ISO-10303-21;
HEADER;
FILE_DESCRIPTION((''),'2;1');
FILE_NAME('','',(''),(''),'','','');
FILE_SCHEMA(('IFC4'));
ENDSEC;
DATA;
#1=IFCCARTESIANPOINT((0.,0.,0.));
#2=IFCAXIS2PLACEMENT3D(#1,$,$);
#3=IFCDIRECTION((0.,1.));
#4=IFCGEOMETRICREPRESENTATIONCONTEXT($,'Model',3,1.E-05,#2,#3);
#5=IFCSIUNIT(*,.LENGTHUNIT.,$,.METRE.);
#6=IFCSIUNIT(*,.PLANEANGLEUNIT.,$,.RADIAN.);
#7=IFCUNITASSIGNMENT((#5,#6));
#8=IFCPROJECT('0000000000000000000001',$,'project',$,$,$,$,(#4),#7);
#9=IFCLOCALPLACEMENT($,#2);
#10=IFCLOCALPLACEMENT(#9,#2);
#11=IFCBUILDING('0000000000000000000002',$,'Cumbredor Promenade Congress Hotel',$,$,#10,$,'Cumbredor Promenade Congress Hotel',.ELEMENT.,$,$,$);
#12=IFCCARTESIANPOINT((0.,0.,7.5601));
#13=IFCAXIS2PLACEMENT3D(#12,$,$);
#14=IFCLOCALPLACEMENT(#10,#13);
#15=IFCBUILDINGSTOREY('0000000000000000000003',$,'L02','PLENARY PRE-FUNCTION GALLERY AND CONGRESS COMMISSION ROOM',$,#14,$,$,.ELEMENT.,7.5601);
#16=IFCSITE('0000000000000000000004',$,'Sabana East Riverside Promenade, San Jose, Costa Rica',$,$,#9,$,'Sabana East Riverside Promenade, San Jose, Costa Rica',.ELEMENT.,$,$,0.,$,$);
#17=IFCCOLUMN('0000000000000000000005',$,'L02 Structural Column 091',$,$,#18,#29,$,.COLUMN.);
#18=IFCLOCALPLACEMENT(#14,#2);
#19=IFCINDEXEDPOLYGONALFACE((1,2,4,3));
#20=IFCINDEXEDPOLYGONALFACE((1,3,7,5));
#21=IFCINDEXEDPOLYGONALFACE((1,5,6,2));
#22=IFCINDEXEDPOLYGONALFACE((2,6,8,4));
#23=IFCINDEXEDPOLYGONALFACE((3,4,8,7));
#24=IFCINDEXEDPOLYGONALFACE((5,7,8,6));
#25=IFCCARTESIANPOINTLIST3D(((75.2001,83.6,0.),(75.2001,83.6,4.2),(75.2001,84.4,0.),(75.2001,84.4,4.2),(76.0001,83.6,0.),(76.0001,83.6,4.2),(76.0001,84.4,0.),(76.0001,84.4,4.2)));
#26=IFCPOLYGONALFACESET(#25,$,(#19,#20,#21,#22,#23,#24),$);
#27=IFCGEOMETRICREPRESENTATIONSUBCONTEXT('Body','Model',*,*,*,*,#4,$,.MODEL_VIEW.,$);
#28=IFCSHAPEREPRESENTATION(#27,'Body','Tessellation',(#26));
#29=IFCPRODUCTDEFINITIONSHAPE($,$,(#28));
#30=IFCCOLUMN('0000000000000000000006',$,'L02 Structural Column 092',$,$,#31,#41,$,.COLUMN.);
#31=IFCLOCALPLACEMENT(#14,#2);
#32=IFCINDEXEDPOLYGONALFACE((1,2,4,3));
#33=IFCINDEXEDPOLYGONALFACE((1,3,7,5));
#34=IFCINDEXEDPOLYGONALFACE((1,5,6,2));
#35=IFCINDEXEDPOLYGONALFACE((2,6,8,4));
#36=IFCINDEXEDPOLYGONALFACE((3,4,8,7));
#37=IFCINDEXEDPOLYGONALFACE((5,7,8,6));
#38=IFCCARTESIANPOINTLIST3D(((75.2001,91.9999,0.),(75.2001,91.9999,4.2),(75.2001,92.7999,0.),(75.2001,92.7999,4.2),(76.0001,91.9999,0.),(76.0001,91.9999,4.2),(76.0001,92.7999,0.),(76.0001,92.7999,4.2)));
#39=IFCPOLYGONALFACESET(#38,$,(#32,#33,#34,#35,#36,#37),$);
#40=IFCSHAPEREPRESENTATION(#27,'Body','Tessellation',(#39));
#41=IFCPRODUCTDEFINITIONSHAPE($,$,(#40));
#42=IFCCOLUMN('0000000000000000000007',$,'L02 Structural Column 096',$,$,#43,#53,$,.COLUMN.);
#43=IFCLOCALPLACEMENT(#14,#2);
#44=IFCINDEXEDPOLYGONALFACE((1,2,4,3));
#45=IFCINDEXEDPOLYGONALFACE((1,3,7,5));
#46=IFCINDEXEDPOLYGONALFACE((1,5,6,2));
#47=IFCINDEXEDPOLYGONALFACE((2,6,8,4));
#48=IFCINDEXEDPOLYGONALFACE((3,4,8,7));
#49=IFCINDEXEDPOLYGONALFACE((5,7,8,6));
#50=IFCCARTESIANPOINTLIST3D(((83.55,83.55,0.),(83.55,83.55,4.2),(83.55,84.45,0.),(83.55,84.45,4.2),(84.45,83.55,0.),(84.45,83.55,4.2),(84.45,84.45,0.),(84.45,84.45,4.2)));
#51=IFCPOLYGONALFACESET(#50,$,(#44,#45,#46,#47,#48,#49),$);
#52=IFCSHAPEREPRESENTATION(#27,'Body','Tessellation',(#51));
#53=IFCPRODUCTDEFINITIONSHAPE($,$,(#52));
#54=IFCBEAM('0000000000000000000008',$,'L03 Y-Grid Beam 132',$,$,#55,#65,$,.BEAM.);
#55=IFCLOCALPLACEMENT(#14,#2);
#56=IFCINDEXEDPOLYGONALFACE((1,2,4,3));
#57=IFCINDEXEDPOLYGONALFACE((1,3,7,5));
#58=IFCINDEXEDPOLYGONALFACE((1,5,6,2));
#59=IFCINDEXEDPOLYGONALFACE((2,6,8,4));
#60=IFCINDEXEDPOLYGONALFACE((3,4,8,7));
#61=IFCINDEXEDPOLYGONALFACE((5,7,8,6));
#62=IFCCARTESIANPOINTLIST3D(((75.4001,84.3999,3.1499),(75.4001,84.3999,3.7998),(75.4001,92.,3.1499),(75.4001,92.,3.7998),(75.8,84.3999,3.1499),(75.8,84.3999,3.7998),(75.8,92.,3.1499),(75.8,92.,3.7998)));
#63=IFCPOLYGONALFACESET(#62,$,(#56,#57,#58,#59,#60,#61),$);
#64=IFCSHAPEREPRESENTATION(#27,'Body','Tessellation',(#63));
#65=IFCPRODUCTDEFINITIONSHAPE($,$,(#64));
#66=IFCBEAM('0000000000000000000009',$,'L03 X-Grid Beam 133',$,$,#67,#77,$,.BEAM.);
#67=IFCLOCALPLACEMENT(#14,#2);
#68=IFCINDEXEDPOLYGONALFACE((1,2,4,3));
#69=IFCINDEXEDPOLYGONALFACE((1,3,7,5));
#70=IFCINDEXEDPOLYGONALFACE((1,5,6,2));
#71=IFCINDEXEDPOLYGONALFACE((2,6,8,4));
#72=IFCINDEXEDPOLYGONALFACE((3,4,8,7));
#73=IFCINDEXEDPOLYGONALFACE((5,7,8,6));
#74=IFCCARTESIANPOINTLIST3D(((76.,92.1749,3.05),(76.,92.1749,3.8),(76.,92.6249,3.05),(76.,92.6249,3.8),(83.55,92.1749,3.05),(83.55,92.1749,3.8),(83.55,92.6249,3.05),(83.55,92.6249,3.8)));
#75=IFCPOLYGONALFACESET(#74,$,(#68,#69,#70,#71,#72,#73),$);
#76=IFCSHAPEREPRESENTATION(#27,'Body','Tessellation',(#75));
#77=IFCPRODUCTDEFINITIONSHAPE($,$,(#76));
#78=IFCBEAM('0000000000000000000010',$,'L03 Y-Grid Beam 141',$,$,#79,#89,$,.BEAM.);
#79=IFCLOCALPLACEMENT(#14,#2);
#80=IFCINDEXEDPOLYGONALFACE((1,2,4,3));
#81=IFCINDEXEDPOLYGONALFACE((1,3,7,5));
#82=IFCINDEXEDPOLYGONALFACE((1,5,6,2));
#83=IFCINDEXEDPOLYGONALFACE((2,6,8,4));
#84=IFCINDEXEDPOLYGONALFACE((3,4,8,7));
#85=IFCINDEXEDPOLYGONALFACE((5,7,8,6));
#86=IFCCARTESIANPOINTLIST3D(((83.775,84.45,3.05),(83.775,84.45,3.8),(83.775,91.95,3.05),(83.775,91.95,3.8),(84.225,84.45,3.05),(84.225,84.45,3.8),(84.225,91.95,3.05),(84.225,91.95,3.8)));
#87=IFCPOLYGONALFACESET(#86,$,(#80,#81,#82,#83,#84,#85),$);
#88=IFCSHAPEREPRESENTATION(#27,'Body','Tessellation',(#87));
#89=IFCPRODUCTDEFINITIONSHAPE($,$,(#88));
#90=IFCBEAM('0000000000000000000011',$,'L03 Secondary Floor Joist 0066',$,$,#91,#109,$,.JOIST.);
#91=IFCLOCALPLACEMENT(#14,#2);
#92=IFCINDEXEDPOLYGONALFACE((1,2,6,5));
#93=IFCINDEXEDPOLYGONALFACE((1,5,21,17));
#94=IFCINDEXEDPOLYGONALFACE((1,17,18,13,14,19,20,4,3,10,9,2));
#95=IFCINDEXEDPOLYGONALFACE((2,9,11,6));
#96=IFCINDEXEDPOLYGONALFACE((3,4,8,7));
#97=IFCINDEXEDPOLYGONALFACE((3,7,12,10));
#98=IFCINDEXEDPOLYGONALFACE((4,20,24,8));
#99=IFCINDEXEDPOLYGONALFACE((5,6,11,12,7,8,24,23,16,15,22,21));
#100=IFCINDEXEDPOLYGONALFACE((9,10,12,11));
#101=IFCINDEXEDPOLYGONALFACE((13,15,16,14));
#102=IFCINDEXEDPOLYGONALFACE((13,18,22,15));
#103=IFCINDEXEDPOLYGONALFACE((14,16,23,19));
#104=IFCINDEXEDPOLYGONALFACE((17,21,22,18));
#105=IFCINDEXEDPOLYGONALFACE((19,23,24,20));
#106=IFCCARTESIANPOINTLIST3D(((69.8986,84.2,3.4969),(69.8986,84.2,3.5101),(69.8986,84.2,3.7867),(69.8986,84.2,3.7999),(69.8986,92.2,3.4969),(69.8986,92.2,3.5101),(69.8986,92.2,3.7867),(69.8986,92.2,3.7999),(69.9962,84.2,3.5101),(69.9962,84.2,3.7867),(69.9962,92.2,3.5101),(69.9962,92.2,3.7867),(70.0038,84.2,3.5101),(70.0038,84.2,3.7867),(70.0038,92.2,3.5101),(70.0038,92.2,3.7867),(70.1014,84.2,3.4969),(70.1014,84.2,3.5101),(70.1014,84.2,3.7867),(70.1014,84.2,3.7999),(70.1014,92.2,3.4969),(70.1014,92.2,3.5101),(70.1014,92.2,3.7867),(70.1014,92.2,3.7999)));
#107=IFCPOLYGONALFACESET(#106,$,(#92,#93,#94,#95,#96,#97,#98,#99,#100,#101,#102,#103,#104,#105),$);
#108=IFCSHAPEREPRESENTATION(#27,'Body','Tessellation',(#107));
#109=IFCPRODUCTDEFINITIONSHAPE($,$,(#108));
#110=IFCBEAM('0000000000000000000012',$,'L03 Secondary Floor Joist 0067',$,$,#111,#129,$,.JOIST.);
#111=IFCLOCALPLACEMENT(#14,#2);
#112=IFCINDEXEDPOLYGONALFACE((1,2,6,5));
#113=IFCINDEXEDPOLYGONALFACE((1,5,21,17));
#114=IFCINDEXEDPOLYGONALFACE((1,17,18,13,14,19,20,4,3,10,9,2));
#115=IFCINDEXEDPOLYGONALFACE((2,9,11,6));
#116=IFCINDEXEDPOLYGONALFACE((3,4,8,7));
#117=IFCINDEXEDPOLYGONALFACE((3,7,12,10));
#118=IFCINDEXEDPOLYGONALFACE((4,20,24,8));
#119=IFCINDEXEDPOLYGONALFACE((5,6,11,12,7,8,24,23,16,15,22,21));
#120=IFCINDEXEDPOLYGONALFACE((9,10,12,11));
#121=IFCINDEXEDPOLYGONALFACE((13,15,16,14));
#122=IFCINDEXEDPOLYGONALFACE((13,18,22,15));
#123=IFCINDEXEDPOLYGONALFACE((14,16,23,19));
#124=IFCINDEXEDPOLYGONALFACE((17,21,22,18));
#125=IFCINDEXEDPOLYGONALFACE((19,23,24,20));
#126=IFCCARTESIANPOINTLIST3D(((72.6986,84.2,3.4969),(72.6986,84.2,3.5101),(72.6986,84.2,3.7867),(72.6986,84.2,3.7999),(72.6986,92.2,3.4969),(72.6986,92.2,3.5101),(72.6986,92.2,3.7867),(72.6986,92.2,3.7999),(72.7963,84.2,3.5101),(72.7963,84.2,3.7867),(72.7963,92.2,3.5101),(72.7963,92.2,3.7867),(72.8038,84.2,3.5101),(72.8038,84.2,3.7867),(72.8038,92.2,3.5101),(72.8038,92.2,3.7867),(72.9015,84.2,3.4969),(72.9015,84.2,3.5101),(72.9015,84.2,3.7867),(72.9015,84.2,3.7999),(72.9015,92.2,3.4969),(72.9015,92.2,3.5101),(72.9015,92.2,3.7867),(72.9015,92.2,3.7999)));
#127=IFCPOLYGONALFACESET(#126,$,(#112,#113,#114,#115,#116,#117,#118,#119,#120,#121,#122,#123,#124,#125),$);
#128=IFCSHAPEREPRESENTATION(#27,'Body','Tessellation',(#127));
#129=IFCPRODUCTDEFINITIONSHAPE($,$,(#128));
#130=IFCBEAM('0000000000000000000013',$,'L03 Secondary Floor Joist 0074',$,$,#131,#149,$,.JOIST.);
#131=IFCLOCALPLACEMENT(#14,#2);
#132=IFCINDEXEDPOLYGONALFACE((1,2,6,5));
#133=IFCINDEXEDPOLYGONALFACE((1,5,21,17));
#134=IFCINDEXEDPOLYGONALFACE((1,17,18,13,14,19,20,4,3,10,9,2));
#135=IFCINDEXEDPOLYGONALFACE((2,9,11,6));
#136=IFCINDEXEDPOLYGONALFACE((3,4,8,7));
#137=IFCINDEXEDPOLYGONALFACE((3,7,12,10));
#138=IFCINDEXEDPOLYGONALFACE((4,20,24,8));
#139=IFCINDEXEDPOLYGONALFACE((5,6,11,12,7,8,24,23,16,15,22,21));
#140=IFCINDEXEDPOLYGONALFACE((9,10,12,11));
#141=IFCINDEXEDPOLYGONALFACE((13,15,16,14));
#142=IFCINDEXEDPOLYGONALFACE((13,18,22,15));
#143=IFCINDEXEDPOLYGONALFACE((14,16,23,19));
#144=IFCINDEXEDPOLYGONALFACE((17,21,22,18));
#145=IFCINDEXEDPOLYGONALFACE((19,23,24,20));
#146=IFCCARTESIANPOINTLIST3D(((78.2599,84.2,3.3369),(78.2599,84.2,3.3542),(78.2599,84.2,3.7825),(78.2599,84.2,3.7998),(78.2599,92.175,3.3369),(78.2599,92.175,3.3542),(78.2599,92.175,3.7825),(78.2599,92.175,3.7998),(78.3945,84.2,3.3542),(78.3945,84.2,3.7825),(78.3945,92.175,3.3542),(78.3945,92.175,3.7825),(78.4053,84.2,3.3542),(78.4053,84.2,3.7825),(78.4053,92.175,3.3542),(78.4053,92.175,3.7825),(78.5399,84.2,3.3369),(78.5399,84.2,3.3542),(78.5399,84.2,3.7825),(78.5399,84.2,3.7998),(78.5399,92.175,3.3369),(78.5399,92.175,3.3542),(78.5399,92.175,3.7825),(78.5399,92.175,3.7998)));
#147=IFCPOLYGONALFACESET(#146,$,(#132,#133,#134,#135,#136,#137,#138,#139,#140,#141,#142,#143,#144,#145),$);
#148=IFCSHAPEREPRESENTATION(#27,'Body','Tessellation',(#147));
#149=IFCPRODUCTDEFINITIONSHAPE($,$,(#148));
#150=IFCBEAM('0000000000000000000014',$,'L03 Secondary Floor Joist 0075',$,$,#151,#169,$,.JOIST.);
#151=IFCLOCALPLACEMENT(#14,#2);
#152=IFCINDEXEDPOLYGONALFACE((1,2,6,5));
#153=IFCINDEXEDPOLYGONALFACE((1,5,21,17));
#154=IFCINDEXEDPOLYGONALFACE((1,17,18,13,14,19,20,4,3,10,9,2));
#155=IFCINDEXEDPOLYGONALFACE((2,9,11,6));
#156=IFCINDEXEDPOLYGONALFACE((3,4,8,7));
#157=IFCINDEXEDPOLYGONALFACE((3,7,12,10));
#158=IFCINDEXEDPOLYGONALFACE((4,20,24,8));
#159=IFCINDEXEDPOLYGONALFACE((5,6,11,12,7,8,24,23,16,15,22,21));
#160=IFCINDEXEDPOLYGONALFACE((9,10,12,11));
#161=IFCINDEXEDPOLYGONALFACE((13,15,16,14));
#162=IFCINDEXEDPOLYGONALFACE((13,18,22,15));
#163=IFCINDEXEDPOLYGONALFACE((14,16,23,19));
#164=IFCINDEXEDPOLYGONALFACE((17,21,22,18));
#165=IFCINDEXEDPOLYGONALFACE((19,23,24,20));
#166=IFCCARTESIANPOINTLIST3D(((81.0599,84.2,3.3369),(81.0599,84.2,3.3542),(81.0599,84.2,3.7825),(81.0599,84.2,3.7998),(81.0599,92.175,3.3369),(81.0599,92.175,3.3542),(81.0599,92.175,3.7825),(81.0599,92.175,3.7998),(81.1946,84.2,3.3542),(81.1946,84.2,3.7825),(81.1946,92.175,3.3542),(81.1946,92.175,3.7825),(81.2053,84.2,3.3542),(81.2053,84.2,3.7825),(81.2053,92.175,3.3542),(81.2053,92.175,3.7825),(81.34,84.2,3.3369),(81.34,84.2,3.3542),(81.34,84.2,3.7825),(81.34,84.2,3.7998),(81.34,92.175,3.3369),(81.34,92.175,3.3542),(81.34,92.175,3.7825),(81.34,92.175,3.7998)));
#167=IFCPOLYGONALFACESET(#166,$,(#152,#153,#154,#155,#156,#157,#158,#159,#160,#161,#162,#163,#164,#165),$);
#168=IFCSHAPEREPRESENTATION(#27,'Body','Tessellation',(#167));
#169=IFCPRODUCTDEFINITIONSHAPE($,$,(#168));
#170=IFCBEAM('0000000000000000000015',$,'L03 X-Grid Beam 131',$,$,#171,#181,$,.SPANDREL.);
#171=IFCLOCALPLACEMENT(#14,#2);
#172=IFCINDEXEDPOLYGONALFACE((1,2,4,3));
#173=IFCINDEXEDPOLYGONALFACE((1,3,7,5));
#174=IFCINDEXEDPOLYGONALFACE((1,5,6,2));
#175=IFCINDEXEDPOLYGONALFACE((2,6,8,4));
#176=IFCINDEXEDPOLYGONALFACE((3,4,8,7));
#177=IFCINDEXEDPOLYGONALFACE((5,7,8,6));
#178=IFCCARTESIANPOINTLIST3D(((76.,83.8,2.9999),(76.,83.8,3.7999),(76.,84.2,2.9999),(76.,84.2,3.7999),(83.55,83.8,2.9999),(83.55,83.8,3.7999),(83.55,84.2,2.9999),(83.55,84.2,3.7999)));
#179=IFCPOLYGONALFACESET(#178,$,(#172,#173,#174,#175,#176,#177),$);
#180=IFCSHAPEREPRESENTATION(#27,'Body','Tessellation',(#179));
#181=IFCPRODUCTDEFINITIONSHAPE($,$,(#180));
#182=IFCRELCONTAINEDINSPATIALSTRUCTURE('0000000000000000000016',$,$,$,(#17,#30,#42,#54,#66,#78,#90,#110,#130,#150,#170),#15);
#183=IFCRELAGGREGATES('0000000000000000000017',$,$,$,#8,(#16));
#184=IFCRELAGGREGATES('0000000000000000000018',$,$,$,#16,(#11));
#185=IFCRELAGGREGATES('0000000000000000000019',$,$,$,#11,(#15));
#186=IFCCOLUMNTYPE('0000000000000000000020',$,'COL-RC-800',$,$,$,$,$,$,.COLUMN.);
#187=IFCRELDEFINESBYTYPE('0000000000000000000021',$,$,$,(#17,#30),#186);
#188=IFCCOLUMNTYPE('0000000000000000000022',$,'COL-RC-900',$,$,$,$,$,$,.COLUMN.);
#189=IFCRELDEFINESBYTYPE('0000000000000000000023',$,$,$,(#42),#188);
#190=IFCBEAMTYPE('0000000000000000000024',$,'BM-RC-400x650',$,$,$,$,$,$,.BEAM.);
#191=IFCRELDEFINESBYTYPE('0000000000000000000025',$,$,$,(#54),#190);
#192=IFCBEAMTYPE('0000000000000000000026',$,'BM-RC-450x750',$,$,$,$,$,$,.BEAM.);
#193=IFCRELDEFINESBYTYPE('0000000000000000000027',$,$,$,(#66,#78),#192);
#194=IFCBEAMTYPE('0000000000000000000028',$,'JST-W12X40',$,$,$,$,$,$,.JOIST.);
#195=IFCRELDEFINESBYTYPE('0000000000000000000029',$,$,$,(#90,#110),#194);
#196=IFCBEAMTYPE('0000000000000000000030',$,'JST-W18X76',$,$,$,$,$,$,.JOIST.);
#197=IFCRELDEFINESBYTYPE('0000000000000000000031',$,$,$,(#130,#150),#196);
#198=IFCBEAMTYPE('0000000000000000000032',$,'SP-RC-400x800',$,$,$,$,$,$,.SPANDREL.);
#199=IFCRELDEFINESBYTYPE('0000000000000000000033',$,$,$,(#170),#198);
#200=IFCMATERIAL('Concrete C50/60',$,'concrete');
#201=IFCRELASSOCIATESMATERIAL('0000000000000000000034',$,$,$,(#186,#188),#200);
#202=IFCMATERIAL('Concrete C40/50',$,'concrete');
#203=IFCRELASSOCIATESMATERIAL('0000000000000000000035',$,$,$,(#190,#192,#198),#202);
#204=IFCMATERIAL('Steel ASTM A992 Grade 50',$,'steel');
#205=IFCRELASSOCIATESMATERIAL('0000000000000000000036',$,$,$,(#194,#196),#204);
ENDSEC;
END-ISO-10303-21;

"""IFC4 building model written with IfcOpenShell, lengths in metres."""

from ifc_helpers import new_model, si_unit, direction, frame, origin, origin_2d, place, context, subcontext, project, spatial, rectangle, i_section, extrude, material, material_profile, profile_set, type_object, element, save


model = new_model("IFC4")

# Units and contexts
model_context = context("Model", 3, precision=1e-05, world=origin(), true_north=direction((0.0, 1.0)))
body_context = subcontext(model_context, "Body", "Model", "MODEL_VIEW")
ifc_project = project(units=[si_unit("LENGTHUNIT", "METRE"), si_unit("PLANEANGLEUNIT", "RADIAN")], contexts=[model_context])

# Site, building, storey
site_placement = place(None, origin())
site = spatial("IfcSite", under=ifc_project, at=site_placement, Name="Sabana East Riverside Promenade, San Jose, Costa Rica", LongName="Sabana East Riverside Promenade, San Jose, Costa Rica", CompositionType="ELEMENT", RefElevation=0.0)
building_placement = place(site_placement, origin())
building = spatial("IfcBuilding", under=site, at=building_placement, Name="Cumbredor Promenade Congress Hotel", LongName="Cumbredor Promenade Congress Hotel", CompositionType="ELEMENT")
storey_placement = place(building_placement, frame((0.0, 0.0, 7.5601)))
storey = spatial("IfcBuildingStorey", under=building, at=storey_placement, Name="L02", Description="PLENARY PRE-FUNCTION GALLERY AND CONGRESS COMMISSION ROOM", CompositionType="ELEMENT", Elevation=7.5601)

# Columns
ifc_material_1 = material(Name="Concrete C50/60", Category="concrete")
ifc_material_profile_1 = material_profile(ifc_material_1, rectangle(XDim=0.8, YDim=0.8, at=origin_2d()), Name="RC 800x800")
ifc_profile_set_1 = profile_set([ifc_material_profile_1], Name="Concrete C50/60")
column_type_1 = type_object("IfcColumnType", Name="COL-RC-800", PredefinedType="COLUMN", material=ifc_profile_set_1)
for number, where, z_axis, x_axis, name in (
    (1, (75.6001, 84.0, 0.0), (0.0, 0.0, 1.0), (1.0, 0.0, 0.0), "L02 Structural Column 091"),
    (2, (75.6001, 92.3999, 0.0), (0.0, 0.0, 1.0), (1.0, 0.0, 0.0), "L02 Structural Column 092"),
):
    element("IfcColumn", number, at=place(storey_placement, frame(where, z_axis=z_axis, x_axis=x_axis)), inside=storey, type_object=column_type_1, Name=name, PredefinedType="COLUMN", context=body_context, shape_type="SweptSolid", body=[
        extrude(rectangle(XDim=0.8, YDim=0.8, at=origin_2d()), origin(), (0.0, 0.0, 1.0), 4.2),
    ])
ifc_material_profile_2 = material_profile(ifc_material_1, rectangle(XDim=0.8999, YDim=0.8999, at=origin_2d()), Name="RC 900x900")
ifc_profile_set_2 = profile_set([ifc_material_profile_2], Name="Concrete C50/60")
column_type_2 = type_object("IfcColumnType", Name="COL-RC-900", PredefinedType="COLUMN", material=ifc_profile_set_2)
column_placement = place(storey_placement, frame((84.0, 84.0, 0.0), z_axis=(0.0, 0.0, 1.0), x_axis=(1.0, 0.0, 0.0)))
element("IfcColumn", 3, at=column_placement, inside=storey, type_object=column_type_2, Name="L02 Structural Column 096", PredefinedType="COLUMN", context=body_context, shape_type="SweptSolid", body=[
    extrude(rectangle(XDim=0.8999, YDim=0.8999, at=origin_2d()), origin(), (0.0, 0.0, 1.0), 4.2),
])

# Beams
ifc_material_2 = material(Name="Concrete C40/50", Category="concrete")
ifc_material_profile_3 = material_profile(ifc_material_2, rectangle(XDim=0.3999, YDim=0.6499, at=origin_2d()), Name="RC BEAM 400x650")
ifc_profile_set_3 = profile_set([ifc_material_profile_3], Name="Concrete C40/50")
beam_type_1 = type_object("IfcBeamType", Name="BM-RC-400x650", PredefinedType="BEAM", material=ifc_profile_set_3)
beam_1_placement = place(storey_placement, frame((75.6001, 84.3999, 3.4749), z_axis=(0.0, 1.0, 0.0), x_axis=(-1.0, 0.0, 0.0)))
element("IfcBeam", 4, at=beam_1_placement, inside=storey, type_object=beam_type_1, Name="L03 Y-Grid Beam 132", PredefinedType="BEAM", context=body_context, shape_type="SweptSolid", body=[
    extrude(rectangle(XDim=0.3999, YDim=0.6499, at=origin_2d()), origin(), (0.0, 0.0, 1.0), 7.6001),
])
ifc_material_profile_4 = material_profile(ifc_material_2, rectangle(XDim=0.45, YDim=0.75, at=origin_2d()), Name="RC BEAM 450x750")
ifc_profile_set_4 = profile_set([ifc_material_profile_4], Name="Concrete C40/50")
beam_type_2 = type_object("IfcBeamType", Name="BM-RC-450x750", PredefinedType="BEAM", material=ifc_profile_set_4)
beam_2_placement = place(storey_placement, frame((76.0, 92.3999, 3.425), z_axis=(1.0, 0.0, 0.0), x_axis=(0.0, 1.0, 0.0)))
element("IfcBeam", 5, at=beam_2_placement, inside=storey, type_object=beam_type_2, Name="L03 X-Grid Beam 133", PredefinedType="BEAM", context=body_context, shape_type="SweptSolid", body=[
    extrude(rectangle(XDim=0.45, YDim=0.75, at=origin_2d()), origin(), (0.0, 0.0, 1.0), 7.55),
])
beam_3_placement = place(storey_placement, frame((84.0, 84.45, 3.425), z_axis=(0.0, 1.0, 0.0), x_axis=(-1.0, 0.0, 0.0)))
element("IfcBeam", 6, at=beam_3_placement, inside=storey, type_object=beam_type_2, Name="L03 Y-Grid Beam 141", PredefinedType="BEAM", context=body_context, shape_type="SweptSolid", body=[
    extrude(rectangle(XDim=0.45, YDim=0.75, at=origin_2d()), origin(), (0.0, 0.0, 1.0), 7.5),
])
ifc_material_3 = material(Name="Steel ASTM A992 Grade 50", Category="steel")
ifc_material_profile_5 = material_profile(ifc_material_3, i_section(OverallWidth=0.2029, OverallDepth=0.303, WebThickness=0.0076, FlangeThickness=0.0132, at=origin_2d()), Name="W12X40")
ifc_profile_set_5 = profile_set([ifc_material_profile_5], Name="Steel ASTM A992 Grade 50")
beam_type_3 = type_object("IfcBeamType", Name="JST-W12X40", PredefinedType="JOIST", material=ifc_profile_set_5)
for number, where, z_axis, x_axis, name in (
    (7, (70.0, 84.2, 3.6484), (0.0, 1.0, 0.0), (-1.0, 0.0, 0.0), "L03 Secondary Floor Joist 0066"),
    (8, (72.8, 84.2, 3.6484), (0.0, 1.0, 0.0), (-1.0, 0.0, 0.0), "L03 Secondary Floor Joist 0067"),
):
    element("IfcBeam", number, at=place(storey_placement, frame(where, z_axis=z_axis, x_axis=x_axis)), inside=storey, type_object=beam_type_3, Name=name, PredefinedType="JOIST", context=body_context, shape_type="SweptSolid", body=[
        extrude(i_section(OverallWidth=0.2029, OverallDepth=0.303, WebThickness=0.0076, FlangeThickness=0.0132, at=origin_2d()), origin(), (0.0, 0.0, 1.0), 8.0),
    ])
ifc_material_profile_6 = material_profile(ifc_material_3, i_section(OverallWidth=0.28, OverallDepth=0.4629, WebThickness=0.0107, FlangeThickness=0.0173, at=origin_2d()), Name="W18X76")
ifc_profile_set_6 = profile_set([ifc_material_profile_6], Name="Steel ASTM A992 Grade 50")
beam_type_4 = type_object("IfcBeamType", Name="JST-W18X76", PredefinedType="JOIST", material=ifc_profile_set_6)
for number, where, z_axis, x_axis, name in (
    (9, (78.3999, 84.2, 3.5684), (0.0, 1.0, 0.0), (-1.0, 0.0, 0.0), "L03 Secondary Floor Joist 0074"),
    (10, (81.2, 84.2, 3.5684), (0.0, 1.0, 0.0), (-1.0, 0.0, 0.0), "L03 Secondary Floor Joist 0075"),
):
    element("IfcBeam", number, at=place(storey_placement, frame(where, z_axis=z_axis, x_axis=x_axis)), inside=storey, type_object=beam_type_4, Name=name, PredefinedType="JOIST", context=body_context, shape_type="SweptSolid", body=[
        extrude(i_section(OverallWidth=0.28, OverallDepth=0.4629, WebThickness=0.0107, FlangeThickness=0.0173, at=origin_2d()), origin(), (0.0, 0.0, 1.0), 7.9751),
    ])
ifc_material_profile_7 = material_profile(ifc_material_2, rectangle(XDim=0.3999, YDim=0.8, at=origin_2d()), Name="RC SPANDREL 400x800")
ifc_profile_set_7 = profile_set([ifc_material_profile_7], Name="Concrete C40/50")
beam_type_5 = type_object("IfcBeamType", Name="SP-RC-400x800", PredefinedType="SPANDREL", material=ifc_profile_set_7)
beam_4_placement = place(storey_placement, frame((76.0, 84.0, 3.3999), z_axis=(1.0, 0.0, 0.0), x_axis=(0.0, 1.0, 0.0)))
element("IfcBeam", 11, at=beam_4_placement, inside=storey, type_object=beam_type_5, Name="L03 X-Grid Beam 131", PredefinedType="SPANDREL", context=body_context, shape_type="SweptSolid", body=[
    extrude(rectangle(XDim=0.3999, YDim=0.8, at=origin_2d()), origin(), (0.0, 0.0, 1.0), 7.55),
])

save(model, "model.ifc")
